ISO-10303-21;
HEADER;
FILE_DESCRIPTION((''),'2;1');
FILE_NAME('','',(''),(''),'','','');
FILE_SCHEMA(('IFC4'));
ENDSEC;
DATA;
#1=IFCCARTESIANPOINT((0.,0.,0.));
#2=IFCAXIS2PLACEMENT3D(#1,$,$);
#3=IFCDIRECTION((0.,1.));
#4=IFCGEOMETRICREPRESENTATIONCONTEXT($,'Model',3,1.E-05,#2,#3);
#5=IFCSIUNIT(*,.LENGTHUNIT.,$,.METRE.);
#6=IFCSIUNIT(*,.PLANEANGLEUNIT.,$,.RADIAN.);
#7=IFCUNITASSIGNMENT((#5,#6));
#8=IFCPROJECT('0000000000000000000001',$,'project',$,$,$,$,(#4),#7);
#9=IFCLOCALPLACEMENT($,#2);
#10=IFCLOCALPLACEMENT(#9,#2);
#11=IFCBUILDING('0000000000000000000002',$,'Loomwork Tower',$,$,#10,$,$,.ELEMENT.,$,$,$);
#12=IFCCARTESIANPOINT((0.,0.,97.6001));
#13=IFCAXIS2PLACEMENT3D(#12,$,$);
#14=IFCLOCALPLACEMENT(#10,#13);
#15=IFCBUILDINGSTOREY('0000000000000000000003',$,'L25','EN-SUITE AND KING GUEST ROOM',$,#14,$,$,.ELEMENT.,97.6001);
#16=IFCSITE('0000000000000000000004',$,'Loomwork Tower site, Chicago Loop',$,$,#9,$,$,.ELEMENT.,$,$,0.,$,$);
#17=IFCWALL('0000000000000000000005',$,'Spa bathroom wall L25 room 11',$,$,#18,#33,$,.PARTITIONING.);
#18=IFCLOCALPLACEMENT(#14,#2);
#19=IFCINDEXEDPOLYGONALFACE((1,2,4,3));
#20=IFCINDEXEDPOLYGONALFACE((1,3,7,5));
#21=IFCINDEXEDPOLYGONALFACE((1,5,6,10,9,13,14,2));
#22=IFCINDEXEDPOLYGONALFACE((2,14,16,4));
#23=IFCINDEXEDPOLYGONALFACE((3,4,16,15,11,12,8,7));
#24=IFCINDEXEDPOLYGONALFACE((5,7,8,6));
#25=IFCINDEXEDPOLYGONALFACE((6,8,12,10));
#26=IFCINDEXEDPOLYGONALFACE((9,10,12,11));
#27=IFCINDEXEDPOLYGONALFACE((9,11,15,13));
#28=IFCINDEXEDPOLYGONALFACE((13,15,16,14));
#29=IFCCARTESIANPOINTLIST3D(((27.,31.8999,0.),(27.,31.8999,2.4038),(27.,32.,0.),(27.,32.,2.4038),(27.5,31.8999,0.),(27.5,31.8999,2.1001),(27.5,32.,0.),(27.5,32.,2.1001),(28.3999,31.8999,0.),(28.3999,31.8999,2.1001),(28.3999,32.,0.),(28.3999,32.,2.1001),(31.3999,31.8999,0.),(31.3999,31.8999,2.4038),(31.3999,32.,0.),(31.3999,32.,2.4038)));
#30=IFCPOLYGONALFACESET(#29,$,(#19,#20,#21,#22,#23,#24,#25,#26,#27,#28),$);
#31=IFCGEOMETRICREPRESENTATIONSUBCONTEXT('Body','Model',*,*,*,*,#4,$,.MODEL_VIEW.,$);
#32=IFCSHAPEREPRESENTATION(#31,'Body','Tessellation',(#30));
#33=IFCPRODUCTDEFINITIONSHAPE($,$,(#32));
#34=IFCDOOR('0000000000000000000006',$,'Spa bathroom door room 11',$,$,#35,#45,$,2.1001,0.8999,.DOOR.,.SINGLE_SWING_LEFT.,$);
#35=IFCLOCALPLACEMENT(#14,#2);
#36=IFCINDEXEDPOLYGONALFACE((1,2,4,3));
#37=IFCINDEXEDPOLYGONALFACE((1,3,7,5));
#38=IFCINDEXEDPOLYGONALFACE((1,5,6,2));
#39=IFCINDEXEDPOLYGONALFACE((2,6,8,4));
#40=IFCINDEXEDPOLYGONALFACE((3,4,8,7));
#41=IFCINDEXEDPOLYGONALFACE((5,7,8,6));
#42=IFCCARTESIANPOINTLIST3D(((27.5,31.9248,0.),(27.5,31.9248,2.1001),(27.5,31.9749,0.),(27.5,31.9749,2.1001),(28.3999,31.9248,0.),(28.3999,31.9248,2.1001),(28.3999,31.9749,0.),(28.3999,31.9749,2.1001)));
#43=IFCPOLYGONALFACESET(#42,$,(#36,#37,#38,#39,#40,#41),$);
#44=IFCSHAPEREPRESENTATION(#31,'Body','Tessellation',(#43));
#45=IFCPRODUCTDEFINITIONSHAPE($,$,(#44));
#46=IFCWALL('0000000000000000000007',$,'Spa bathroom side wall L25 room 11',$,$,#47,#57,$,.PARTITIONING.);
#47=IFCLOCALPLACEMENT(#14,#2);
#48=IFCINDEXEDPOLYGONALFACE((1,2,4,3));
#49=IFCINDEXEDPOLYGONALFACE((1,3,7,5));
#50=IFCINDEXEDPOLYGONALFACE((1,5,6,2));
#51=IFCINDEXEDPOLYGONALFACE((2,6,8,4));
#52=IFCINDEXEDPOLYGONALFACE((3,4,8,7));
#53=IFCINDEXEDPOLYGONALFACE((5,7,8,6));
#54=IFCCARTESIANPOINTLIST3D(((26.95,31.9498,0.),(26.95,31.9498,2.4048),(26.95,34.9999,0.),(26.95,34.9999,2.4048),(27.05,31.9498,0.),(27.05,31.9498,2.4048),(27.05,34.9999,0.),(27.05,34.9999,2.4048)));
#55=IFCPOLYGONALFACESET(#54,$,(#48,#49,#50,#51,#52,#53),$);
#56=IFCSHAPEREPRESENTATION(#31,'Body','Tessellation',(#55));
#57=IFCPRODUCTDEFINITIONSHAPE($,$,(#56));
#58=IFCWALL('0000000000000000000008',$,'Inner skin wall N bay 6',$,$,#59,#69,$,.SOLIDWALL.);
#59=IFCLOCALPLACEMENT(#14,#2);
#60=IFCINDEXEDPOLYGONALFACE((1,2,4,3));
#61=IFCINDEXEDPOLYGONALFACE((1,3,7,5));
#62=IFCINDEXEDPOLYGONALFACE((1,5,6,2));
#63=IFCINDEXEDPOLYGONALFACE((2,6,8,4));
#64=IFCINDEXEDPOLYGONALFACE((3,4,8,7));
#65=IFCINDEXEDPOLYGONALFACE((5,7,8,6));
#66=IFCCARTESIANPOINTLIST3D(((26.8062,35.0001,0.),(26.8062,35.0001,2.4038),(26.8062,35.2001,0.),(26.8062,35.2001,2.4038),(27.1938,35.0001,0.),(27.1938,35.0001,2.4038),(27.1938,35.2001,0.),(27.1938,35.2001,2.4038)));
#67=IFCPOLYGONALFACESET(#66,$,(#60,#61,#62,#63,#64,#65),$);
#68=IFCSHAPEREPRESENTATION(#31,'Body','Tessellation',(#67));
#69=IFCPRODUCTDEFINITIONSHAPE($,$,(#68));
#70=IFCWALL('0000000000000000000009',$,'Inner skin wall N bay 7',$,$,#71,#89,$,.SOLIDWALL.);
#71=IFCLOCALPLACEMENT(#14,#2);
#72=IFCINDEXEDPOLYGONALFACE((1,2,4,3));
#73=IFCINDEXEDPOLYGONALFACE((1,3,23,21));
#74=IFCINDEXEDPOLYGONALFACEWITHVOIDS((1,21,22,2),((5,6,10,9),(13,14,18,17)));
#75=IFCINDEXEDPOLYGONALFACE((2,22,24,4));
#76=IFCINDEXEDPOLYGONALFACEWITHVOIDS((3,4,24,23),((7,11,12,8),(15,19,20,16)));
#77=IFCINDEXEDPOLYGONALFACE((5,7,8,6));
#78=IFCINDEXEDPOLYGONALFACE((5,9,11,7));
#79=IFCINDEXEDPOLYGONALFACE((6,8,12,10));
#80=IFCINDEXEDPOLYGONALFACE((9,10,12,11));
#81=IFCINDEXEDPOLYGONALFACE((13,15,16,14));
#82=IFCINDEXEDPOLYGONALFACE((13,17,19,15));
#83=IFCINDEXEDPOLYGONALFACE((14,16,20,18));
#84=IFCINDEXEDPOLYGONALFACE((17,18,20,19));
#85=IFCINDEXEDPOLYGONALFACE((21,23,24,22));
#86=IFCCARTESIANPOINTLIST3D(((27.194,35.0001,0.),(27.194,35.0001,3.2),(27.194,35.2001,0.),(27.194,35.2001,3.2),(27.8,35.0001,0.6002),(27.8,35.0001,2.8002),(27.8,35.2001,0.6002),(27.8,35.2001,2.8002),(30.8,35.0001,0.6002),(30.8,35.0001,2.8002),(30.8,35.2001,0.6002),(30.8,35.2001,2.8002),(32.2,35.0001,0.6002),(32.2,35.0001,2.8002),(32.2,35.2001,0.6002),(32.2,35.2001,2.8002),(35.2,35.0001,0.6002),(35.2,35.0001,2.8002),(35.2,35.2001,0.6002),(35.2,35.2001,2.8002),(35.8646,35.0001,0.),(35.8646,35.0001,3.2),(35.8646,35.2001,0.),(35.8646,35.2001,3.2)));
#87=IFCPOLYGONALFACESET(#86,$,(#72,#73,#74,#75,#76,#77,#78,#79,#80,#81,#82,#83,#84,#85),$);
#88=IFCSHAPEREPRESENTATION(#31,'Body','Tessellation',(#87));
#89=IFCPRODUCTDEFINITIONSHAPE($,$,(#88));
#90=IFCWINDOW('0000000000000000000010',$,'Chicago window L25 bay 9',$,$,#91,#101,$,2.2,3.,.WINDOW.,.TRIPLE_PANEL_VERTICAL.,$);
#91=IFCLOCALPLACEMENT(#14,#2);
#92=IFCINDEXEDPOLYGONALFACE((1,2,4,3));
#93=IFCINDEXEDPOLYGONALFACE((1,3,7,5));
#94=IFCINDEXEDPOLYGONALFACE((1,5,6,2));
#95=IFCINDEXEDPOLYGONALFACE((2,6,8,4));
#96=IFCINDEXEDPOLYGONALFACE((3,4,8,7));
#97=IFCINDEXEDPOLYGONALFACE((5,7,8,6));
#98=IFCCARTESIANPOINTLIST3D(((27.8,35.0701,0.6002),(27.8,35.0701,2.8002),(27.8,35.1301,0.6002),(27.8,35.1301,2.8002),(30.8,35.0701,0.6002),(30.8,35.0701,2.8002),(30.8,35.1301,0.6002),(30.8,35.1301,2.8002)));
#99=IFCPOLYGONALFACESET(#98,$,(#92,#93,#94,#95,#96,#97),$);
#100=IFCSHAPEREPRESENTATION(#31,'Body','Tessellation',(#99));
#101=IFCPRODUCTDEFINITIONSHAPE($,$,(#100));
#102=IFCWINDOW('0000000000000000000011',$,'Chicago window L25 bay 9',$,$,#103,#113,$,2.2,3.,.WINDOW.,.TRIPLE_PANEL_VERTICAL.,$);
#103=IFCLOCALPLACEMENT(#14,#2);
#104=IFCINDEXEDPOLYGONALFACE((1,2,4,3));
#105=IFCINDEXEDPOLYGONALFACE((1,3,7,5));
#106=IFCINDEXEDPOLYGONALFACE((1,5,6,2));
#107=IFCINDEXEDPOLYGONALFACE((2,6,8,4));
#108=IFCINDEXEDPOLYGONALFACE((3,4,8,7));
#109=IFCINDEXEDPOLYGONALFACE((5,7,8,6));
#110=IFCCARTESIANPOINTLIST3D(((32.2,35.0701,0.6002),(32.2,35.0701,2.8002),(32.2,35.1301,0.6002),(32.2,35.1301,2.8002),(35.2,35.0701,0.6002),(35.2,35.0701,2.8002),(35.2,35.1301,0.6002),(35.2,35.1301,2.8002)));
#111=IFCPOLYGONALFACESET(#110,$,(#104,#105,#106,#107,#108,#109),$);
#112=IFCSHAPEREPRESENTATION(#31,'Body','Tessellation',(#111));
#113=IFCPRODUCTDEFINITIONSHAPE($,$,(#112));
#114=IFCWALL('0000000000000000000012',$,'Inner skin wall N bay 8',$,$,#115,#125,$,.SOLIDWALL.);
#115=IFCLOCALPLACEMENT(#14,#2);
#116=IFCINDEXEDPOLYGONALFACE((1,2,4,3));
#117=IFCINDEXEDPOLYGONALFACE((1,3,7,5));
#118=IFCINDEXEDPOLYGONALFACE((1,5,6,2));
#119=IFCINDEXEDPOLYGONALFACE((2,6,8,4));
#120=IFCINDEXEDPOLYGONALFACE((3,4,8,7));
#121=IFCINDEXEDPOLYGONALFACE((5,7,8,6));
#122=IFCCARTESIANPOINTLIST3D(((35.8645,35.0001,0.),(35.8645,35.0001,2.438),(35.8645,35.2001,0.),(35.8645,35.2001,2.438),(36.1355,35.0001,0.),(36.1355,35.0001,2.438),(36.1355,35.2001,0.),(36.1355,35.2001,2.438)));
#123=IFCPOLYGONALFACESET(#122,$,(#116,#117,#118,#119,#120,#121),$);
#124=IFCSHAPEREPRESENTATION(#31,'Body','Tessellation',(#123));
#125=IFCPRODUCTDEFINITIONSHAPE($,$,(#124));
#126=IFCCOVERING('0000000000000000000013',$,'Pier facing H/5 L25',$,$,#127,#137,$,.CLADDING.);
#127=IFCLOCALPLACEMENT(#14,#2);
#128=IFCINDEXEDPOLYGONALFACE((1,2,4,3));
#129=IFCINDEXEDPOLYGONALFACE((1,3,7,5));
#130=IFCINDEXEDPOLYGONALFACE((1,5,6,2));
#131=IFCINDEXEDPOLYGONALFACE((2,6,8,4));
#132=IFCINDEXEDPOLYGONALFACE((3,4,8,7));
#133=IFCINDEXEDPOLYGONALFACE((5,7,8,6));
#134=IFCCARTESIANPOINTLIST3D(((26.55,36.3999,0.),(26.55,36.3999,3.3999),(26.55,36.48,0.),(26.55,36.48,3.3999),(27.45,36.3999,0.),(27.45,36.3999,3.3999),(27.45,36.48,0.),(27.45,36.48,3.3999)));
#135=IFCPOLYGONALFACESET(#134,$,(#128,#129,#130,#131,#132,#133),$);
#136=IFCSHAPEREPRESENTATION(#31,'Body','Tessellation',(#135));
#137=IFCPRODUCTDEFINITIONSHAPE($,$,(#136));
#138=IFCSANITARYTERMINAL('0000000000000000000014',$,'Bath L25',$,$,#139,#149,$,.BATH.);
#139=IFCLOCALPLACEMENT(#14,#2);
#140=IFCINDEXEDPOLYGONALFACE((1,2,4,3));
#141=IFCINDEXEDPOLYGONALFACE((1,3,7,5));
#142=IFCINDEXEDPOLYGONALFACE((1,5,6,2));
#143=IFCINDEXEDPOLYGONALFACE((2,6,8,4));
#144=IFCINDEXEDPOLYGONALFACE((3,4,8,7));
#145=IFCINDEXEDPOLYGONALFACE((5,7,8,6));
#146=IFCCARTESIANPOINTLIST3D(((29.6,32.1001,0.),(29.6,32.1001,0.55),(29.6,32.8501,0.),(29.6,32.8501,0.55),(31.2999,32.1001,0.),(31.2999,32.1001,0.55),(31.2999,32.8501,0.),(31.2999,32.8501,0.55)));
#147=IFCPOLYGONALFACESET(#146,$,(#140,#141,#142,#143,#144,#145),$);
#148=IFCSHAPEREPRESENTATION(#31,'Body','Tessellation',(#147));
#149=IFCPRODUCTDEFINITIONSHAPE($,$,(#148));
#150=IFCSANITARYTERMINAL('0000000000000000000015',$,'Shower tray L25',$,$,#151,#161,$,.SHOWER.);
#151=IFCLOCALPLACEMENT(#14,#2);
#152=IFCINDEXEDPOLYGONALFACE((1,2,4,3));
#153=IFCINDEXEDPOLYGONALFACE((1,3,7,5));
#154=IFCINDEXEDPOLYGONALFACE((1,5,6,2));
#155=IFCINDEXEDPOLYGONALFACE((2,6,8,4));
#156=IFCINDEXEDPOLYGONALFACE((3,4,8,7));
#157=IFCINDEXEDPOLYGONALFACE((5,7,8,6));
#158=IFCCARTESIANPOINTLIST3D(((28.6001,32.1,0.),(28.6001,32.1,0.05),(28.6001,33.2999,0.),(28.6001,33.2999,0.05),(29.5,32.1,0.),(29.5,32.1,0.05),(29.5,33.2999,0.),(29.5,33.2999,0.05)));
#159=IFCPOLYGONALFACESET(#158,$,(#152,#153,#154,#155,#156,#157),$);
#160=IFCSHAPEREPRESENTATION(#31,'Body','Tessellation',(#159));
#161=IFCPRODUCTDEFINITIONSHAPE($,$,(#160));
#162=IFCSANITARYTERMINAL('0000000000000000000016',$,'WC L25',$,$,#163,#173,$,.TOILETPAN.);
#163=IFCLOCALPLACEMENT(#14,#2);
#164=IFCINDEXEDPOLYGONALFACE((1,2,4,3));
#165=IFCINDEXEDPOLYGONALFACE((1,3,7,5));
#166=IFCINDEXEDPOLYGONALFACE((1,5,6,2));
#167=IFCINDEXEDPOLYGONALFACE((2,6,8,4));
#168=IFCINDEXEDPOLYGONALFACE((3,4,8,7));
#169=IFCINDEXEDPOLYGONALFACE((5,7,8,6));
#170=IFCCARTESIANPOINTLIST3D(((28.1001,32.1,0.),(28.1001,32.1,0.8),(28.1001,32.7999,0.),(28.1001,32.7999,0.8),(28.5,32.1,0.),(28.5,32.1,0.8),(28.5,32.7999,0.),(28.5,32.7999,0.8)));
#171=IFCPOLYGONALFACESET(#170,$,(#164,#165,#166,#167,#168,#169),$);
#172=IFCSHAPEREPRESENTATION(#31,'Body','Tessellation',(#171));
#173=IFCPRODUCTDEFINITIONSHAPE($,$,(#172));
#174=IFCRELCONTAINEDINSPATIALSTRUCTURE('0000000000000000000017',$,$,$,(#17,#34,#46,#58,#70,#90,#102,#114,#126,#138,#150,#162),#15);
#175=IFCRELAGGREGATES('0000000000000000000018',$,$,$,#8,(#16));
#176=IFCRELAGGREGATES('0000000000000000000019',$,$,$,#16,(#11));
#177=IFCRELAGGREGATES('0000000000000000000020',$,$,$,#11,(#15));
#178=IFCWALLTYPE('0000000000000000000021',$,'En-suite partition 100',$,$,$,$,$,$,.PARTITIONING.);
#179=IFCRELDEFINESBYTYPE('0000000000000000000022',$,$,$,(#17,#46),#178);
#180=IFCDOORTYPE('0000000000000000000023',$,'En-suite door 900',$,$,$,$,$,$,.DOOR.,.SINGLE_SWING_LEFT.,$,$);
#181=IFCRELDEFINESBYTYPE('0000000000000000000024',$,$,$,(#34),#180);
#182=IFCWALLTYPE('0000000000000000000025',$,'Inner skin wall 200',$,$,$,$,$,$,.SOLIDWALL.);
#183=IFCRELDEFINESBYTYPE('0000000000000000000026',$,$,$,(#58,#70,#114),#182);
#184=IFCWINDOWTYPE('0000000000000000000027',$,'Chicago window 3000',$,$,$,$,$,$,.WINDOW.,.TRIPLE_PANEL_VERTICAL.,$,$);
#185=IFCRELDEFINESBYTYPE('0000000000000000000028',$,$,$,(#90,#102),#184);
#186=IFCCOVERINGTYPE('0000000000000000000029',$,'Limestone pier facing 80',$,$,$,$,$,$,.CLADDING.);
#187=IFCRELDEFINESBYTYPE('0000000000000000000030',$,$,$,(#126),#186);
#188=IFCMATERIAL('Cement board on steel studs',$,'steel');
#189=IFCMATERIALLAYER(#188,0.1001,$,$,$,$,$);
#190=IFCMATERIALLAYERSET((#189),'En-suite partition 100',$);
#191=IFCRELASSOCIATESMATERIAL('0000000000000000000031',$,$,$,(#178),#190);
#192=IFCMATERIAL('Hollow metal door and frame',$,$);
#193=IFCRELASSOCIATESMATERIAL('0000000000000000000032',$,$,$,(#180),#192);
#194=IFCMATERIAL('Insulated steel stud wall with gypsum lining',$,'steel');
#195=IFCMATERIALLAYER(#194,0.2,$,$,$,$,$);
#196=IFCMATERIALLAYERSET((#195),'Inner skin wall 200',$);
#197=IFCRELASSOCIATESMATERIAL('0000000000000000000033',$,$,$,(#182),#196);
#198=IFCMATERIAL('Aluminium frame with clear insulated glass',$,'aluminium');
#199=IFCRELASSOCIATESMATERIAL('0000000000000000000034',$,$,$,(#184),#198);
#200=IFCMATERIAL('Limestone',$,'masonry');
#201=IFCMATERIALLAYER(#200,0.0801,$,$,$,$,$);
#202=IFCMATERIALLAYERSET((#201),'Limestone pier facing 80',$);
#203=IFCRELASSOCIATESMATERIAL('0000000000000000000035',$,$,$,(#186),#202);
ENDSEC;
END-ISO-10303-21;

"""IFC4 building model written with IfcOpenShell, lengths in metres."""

from ifc_helpers import new_model, si_unit, direction, frame, frame_2d, origin, origin_2d, place, context, subcontext, project, spatial, rectangle, extrude, material, layer, layer_set, type_object, element, fill, save


model = new_model("IFC4")

# Units and contexts
model_context = context("Model", 3, precision=1e-05, world=origin(), true_north=direction((0.0, 1.0)))
body_context = subcontext(model_context, "Body", "Model", "MODEL_VIEW")
ifc_project = project(units=[si_unit("LENGTHUNIT", "METRE"), si_unit("PLANEANGLEUNIT", "RADIAN")], contexts=[model_context])

# Site, building, storey
site_placement = place(None, origin())
site = spatial("IfcSite", under=ifc_project, at=site_placement, Name="Loomwork Tower site, Chicago Loop", CompositionType="ELEMENT", RefElevation=0.0)
building_placement = place(site_placement, origin())
building = spatial("IfcBuilding", under=site, at=building_placement, Name="Loomwork Tower", CompositionType="ELEMENT")
storey_placement = place(building_placement, frame((0.0, 0.0, 97.6001)))
storey = spatial("IfcBuildingStorey", under=building, at=storey_placement, Name="L25", Description="EN-SUITE AND KING GUEST ROOM", CompositionType="ELEMENT", Elevation=97.6001)

# Wall, opening, door
ifc_material_1 = material(Name="Cement board on steel studs", Category="steel")
ifc_layer_1 = layer(ifc_material_1, 0.1001)
ifc_layer_set_1 = layer_set([ifc_layer_1], Name="En-suite partition 100")
wall_type_1 = type_object("IfcWallType", Name="En-suite partition 100", PredefinedType="PARTITIONING", material=ifc_layer_set_1)
wall_1_placement = place(storey_placement, frame((27.0, 31.95, 0.0), z_axis=(0.0, 0.0, 1.0), x_axis=(1.0, 0.0, 0.0)))
wall_1 = element("IfcWall", 1, at=wall_1_placement, inside=storey, type_object=wall_type_1, Name="Spa bathroom wall L25 room 11", PredefinedType="PARTITIONING", context=body_context, shape_type="SweptSolid", body=[
    extrude(rectangle(XDim=4.3999, YDim=0.1001, at=frame_2d((2.2, 0.0))), origin(), (0.0, 0.0, 1.0), 2.4038),
])
opening_1_placement = place(wall_1_placement, frame((0.5, 0.0, 0.0)))
opening_1 = element("IfcOpeningElement", 2, at=opening_1_placement, cuts=wall_1, PredefinedType="OPENING", context=body_context, shape_type="SweptSolid", body=[
    extrude(rectangle(XDim=0.8999, YDim=2.1001, at=frame_2d((0.45, 1.05))), frame((0.0, 0.0601, 0.0), z_axis=(0.0, -1.0, 0.0), x_axis=(1.0, 0.0, 0.0)), (0.0, 0.0, 1.0), 0.1201),
])
ifc_material_2 = material(Name="Hollow metal door and frame")
door_type = type_object("IfcDoorType", Name="En-suite door 900", OperationType="SINGLE_SWING_LEFT", PredefinedType="DOOR", material=ifc_material_2)
door_placement = place(opening_1_placement, origin())
door = element("IfcDoor", 3, at=door_placement, inside=storey, type_object=door_type, Name="Spa bathroom door room 11", OperationType="SINGLE_SWING_LEFT", OverallHeight=2.1001, OverallWidth=0.8999, PredefinedType="DOOR", context=body_context, shape_type="SweptSolid", body=[
    extrude(rectangle(XDim=0.8999, YDim=2.1001, at=frame_2d((0.45, 1.05))), frame((0.0, 0.0249, 0.0), z_axis=(0.0, -1.0, 0.0), x_axis=(1.0, 0.0, 0.0)), (0.0, 0.0, 1.0), 0.05),
])
fill(opening_1, door)

# Walls
wall_2_placement = place(storey_placement, frame((27.0, 31.95, 0.0), z_axis=(0.0, 0.0, 1.0), x_axis=(0.0, 1.0, 0.0)))
element("IfcWall", 4, at=wall_2_placement, inside=storey, type_object=wall_type_1, Name="Spa bathroom side wall L25 room 11", PredefinedType="PARTITIONING", context=body_context, shape_type="SweptSolid", body=[
    extrude(rectangle(XDim=3.05, YDim=0.1001, at=frame_2d((1.5249, 0.0))), origin(), (0.0, 0.0, 1.0), 2.4048),
])
ifc_material_3 = material(Name="Insulated steel stud wall with gypsum lining", Category="steel")
ifc_layer_2 = layer(ifc_material_3, 0.2)
ifc_layer_set_2 = layer_set([ifc_layer_2], Name="Inner skin wall 200")
wall_type_2 = type_object("IfcWallType", Name="Inner skin wall 200", PredefinedType="SOLIDWALL", material=ifc_layer_set_2)
wall_3_placement = place(storey_placement, frame((26.8062, 35.1001, 0.0), z_axis=(0.0, 0.0, 1.0), x_axis=(1.0, 0.0, 0.0)))
element("IfcWall", 5, at=wall_3_placement, inside=storey, type_object=wall_type_2, Name="Inner skin wall N bay 6", PredefinedType="SOLIDWALL", context=body_context, shape_type="SweptSolid", body=[
    extrude(rectangle(XDim=0.3877, YDim=0.2, at=frame_2d((0.1938, 0.0))), origin(), (0.0, 0.0, 1.0), 2.4038),
])

# Wall, openings, windows
wall_4_placement = place(storey_placement, frame((27.1938, 35.1001, 0.0), z_axis=(0.0, 0.0, 1.0), x_axis=(1.0, 0.0, 0.0)))
wall_4 = element("IfcWall", 6, at=wall_4_placement, inside=storey, type_object=wall_type_2, Name="Inner skin wall N bay 7", PredefinedType="SOLIDWALL", context=body_context, shape_type="SweptSolid", body=[
    extrude(rectangle(XDim=8.6707, YDim=0.2, at=frame_2d((4.3354, 0.0))), origin(), (0.0, 0.0, 1.0), 3.2),
])
opening_2_placement = place(wall_4_placement, frame((0.6062, 0.0, 0.6001)))
opening_2 = element("IfcOpeningElement", 7, at=opening_2_placement, cuts=wall_4, PredefinedType="OPENING", context=body_context, shape_type="SweptSolid", body=[
    extrude(rectangle(XDim=3.0, YDim=2.2, at=frame_2d((1.5, 1.1001))), frame((0.0, 0.1099, 0.0), z_axis=(0.0, -1.0, 0.0), x_axis=(1.0, 0.0, 0.0)), (0.0, 0.0, 1.0), 0.22),
])
opening_3_placement = place(wall_4_placement, frame((5.0061, 0.0, 0.6001)))
opening_3 = element("IfcOpeningElement", 8, at=opening_3_placement, cuts=wall_4, PredefinedType="OPENING", context=body_context, shape_type="SweptSolid", body=[
    extrude(rectangle(XDim=3.0, YDim=2.2, at=frame_2d((1.5, 1.1001))), frame((0.0, 0.1099, 0.0), z_axis=(0.0, -1.0, 0.0), x_axis=(1.0, 0.0, 0.0)), (0.0, 0.0, 1.0), 0.22),
])
ifc_material_4 = material(Name="Aluminium frame with clear insulated glass", Category="aluminium")
window_type = type_object("IfcWindowType", Name="Chicago window 3000", PartitioningType="TRIPLE_PANEL_VERTICAL", PredefinedType="WINDOW", material=ifc_material_4)
window_1_placement = place(opening_2_placement, origin())
window_1 = element("IfcWindow", 9, at=window_1_placement, inside=storey, type_object=window_type, Name="Chicago window L25 bay 9", OverallHeight=2.2, OverallWidth=3.0, PartitioningType="TRIPLE_PANEL_VERTICAL", PredefinedType="WINDOW", context=body_context, shape_type="SweptSolid", body=[
    extrude(rectangle(XDim=3.0, YDim=2.2, at=frame_2d((1.5, 1.1001))), frame((0.0, 0.03, 0.0), z_axis=(0.0, -1.0, 0.0), x_axis=(1.0, 0.0, 0.0)), (0.0, 0.0, 1.0), 0.0601),
])
fill(opening_2, window_1)
window_2_placement = place(opening_3_placement, origin())
window_2 = element("IfcWindow", 10, at=window_2_placement, inside=storey, type_object=window_type, Name="Chicago window L25 bay 9", OverallHeight=2.2, OverallWidth=3.0, PartitioningType="TRIPLE_PANEL_VERTICAL", PredefinedType="WINDOW", context=body_context, shape_type="SweptSolid", body=[
    extrude(rectangle(XDim=3.0, YDim=2.2, at=frame_2d((1.5, 1.1001))), frame((0.0, 0.03, 0.0), z_axis=(0.0, -1.0, 0.0), x_axis=(1.0, 0.0, 0.0)), (0.0, 0.0, 1.0), 0.0601),
])
fill(opening_3, window_2)

# Wall
wall_5_placement = place(storey_placement, frame((35.8645, 35.1001, 0.0), z_axis=(0.0, 0.0, 1.0), x_axis=(1.0, 0.0, 0.0)))
element("IfcWall", 11, at=wall_5_placement, inside=storey, type_object=wall_type_2, Name="Inner skin wall N bay 8", PredefinedType="SOLIDWALL", context=body_context, shape_type="SweptSolid", body=[
    extrude(rectangle(XDim=0.271, YDim=0.2, at=frame_2d((0.1355, 0.0))), origin(), (0.0, 0.0, 1.0), 2.438),
])

# Covering
ifc_material_5 = material(Name="Limestone", Category="masonry")
ifc_layer_3 = layer(ifc_material_5, 0.0801)
ifc_layer_set_3 = layer_set([ifc_layer_3], Name="Limestone pier facing 80")
covering_type = type_object("IfcCoveringType", Name="Limestone pier facing 80", PredefinedType="CLADDING", material=ifc_layer_set_3)
covering_placement = place(storey_placement, frame((27.0, 36.4399, 0.0), z_axis=(0.0, 0.0, 1.0), x_axis=(1.0, 0.0, 0.0)))
element("IfcCovering", 12, at=covering_placement, inside=storey, type_object=covering_type, Name="Pier facing H/5 L25", PredefinedType="CLADDING", context=body_context, shape_type="SweptSolid", body=[
    extrude(rectangle(XDim=0.8999, YDim=0.0801, at=origin_2d()), origin(), (0.0, 0.0, 1.0), 3.3999),
])

# Sanitary terminals
sanitary_terminal_1_placement = place(storey_placement, frame((30.45, 32.4751, 0.0), z_axis=(0.0, 0.0, 1.0), x_axis=(1.0, 0.0, 0.0)))
element("IfcSanitaryTerminal", 13, at=sanitary_terminal_1_placement, inside=storey, Name="Bath L25", PredefinedType="BATH", context=body_context, shape_type="SweptSolid", body=[
    extrude(rectangle(XDim=1.7, YDim=0.75, at=origin_2d()), origin(), (0.0, 0.0, 1.0), 0.55),
])
sanitary_terminal_2_placement = place(storey_placement, frame((29.05, 32.7, 0.0), z_axis=(0.0, 0.0, 1.0), x_axis=(1.0, 0.0, 0.0)))
element("IfcSanitaryTerminal", 14, at=sanitary_terminal_2_placement, inside=storey, Name="Shower tray L25", PredefinedType="SHOWER", context=body_context, shape_type="SweptSolid", body=[
    extrude(rectangle(XDim=0.8999, YDim=1.2, at=origin_2d()), origin(), (0.0, 0.0, 1.0), 0.05),
])
sanitary_terminal_3_placement = place(storey_placement, frame((28.3, 32.45, 0.0), z_axis=(0.0, 0.0, 1.0), x_axis=(1.0, 0.0, 0.0)))
element("IfcSanitaryTerminal", 15, at=sanitary_terminal_3_placement, inside=storey, Name="WC L25", PredefinedType="TOILETPAN", context=body_context, shape_type="SweptSolid", body=[
    extrude(rectangle(XDim=0.3999, YDim=0.7, at=origin_2d()), origin(), (0.0, 0.0, 1.0), 0.8),
])

save(model, "model.ifc")
